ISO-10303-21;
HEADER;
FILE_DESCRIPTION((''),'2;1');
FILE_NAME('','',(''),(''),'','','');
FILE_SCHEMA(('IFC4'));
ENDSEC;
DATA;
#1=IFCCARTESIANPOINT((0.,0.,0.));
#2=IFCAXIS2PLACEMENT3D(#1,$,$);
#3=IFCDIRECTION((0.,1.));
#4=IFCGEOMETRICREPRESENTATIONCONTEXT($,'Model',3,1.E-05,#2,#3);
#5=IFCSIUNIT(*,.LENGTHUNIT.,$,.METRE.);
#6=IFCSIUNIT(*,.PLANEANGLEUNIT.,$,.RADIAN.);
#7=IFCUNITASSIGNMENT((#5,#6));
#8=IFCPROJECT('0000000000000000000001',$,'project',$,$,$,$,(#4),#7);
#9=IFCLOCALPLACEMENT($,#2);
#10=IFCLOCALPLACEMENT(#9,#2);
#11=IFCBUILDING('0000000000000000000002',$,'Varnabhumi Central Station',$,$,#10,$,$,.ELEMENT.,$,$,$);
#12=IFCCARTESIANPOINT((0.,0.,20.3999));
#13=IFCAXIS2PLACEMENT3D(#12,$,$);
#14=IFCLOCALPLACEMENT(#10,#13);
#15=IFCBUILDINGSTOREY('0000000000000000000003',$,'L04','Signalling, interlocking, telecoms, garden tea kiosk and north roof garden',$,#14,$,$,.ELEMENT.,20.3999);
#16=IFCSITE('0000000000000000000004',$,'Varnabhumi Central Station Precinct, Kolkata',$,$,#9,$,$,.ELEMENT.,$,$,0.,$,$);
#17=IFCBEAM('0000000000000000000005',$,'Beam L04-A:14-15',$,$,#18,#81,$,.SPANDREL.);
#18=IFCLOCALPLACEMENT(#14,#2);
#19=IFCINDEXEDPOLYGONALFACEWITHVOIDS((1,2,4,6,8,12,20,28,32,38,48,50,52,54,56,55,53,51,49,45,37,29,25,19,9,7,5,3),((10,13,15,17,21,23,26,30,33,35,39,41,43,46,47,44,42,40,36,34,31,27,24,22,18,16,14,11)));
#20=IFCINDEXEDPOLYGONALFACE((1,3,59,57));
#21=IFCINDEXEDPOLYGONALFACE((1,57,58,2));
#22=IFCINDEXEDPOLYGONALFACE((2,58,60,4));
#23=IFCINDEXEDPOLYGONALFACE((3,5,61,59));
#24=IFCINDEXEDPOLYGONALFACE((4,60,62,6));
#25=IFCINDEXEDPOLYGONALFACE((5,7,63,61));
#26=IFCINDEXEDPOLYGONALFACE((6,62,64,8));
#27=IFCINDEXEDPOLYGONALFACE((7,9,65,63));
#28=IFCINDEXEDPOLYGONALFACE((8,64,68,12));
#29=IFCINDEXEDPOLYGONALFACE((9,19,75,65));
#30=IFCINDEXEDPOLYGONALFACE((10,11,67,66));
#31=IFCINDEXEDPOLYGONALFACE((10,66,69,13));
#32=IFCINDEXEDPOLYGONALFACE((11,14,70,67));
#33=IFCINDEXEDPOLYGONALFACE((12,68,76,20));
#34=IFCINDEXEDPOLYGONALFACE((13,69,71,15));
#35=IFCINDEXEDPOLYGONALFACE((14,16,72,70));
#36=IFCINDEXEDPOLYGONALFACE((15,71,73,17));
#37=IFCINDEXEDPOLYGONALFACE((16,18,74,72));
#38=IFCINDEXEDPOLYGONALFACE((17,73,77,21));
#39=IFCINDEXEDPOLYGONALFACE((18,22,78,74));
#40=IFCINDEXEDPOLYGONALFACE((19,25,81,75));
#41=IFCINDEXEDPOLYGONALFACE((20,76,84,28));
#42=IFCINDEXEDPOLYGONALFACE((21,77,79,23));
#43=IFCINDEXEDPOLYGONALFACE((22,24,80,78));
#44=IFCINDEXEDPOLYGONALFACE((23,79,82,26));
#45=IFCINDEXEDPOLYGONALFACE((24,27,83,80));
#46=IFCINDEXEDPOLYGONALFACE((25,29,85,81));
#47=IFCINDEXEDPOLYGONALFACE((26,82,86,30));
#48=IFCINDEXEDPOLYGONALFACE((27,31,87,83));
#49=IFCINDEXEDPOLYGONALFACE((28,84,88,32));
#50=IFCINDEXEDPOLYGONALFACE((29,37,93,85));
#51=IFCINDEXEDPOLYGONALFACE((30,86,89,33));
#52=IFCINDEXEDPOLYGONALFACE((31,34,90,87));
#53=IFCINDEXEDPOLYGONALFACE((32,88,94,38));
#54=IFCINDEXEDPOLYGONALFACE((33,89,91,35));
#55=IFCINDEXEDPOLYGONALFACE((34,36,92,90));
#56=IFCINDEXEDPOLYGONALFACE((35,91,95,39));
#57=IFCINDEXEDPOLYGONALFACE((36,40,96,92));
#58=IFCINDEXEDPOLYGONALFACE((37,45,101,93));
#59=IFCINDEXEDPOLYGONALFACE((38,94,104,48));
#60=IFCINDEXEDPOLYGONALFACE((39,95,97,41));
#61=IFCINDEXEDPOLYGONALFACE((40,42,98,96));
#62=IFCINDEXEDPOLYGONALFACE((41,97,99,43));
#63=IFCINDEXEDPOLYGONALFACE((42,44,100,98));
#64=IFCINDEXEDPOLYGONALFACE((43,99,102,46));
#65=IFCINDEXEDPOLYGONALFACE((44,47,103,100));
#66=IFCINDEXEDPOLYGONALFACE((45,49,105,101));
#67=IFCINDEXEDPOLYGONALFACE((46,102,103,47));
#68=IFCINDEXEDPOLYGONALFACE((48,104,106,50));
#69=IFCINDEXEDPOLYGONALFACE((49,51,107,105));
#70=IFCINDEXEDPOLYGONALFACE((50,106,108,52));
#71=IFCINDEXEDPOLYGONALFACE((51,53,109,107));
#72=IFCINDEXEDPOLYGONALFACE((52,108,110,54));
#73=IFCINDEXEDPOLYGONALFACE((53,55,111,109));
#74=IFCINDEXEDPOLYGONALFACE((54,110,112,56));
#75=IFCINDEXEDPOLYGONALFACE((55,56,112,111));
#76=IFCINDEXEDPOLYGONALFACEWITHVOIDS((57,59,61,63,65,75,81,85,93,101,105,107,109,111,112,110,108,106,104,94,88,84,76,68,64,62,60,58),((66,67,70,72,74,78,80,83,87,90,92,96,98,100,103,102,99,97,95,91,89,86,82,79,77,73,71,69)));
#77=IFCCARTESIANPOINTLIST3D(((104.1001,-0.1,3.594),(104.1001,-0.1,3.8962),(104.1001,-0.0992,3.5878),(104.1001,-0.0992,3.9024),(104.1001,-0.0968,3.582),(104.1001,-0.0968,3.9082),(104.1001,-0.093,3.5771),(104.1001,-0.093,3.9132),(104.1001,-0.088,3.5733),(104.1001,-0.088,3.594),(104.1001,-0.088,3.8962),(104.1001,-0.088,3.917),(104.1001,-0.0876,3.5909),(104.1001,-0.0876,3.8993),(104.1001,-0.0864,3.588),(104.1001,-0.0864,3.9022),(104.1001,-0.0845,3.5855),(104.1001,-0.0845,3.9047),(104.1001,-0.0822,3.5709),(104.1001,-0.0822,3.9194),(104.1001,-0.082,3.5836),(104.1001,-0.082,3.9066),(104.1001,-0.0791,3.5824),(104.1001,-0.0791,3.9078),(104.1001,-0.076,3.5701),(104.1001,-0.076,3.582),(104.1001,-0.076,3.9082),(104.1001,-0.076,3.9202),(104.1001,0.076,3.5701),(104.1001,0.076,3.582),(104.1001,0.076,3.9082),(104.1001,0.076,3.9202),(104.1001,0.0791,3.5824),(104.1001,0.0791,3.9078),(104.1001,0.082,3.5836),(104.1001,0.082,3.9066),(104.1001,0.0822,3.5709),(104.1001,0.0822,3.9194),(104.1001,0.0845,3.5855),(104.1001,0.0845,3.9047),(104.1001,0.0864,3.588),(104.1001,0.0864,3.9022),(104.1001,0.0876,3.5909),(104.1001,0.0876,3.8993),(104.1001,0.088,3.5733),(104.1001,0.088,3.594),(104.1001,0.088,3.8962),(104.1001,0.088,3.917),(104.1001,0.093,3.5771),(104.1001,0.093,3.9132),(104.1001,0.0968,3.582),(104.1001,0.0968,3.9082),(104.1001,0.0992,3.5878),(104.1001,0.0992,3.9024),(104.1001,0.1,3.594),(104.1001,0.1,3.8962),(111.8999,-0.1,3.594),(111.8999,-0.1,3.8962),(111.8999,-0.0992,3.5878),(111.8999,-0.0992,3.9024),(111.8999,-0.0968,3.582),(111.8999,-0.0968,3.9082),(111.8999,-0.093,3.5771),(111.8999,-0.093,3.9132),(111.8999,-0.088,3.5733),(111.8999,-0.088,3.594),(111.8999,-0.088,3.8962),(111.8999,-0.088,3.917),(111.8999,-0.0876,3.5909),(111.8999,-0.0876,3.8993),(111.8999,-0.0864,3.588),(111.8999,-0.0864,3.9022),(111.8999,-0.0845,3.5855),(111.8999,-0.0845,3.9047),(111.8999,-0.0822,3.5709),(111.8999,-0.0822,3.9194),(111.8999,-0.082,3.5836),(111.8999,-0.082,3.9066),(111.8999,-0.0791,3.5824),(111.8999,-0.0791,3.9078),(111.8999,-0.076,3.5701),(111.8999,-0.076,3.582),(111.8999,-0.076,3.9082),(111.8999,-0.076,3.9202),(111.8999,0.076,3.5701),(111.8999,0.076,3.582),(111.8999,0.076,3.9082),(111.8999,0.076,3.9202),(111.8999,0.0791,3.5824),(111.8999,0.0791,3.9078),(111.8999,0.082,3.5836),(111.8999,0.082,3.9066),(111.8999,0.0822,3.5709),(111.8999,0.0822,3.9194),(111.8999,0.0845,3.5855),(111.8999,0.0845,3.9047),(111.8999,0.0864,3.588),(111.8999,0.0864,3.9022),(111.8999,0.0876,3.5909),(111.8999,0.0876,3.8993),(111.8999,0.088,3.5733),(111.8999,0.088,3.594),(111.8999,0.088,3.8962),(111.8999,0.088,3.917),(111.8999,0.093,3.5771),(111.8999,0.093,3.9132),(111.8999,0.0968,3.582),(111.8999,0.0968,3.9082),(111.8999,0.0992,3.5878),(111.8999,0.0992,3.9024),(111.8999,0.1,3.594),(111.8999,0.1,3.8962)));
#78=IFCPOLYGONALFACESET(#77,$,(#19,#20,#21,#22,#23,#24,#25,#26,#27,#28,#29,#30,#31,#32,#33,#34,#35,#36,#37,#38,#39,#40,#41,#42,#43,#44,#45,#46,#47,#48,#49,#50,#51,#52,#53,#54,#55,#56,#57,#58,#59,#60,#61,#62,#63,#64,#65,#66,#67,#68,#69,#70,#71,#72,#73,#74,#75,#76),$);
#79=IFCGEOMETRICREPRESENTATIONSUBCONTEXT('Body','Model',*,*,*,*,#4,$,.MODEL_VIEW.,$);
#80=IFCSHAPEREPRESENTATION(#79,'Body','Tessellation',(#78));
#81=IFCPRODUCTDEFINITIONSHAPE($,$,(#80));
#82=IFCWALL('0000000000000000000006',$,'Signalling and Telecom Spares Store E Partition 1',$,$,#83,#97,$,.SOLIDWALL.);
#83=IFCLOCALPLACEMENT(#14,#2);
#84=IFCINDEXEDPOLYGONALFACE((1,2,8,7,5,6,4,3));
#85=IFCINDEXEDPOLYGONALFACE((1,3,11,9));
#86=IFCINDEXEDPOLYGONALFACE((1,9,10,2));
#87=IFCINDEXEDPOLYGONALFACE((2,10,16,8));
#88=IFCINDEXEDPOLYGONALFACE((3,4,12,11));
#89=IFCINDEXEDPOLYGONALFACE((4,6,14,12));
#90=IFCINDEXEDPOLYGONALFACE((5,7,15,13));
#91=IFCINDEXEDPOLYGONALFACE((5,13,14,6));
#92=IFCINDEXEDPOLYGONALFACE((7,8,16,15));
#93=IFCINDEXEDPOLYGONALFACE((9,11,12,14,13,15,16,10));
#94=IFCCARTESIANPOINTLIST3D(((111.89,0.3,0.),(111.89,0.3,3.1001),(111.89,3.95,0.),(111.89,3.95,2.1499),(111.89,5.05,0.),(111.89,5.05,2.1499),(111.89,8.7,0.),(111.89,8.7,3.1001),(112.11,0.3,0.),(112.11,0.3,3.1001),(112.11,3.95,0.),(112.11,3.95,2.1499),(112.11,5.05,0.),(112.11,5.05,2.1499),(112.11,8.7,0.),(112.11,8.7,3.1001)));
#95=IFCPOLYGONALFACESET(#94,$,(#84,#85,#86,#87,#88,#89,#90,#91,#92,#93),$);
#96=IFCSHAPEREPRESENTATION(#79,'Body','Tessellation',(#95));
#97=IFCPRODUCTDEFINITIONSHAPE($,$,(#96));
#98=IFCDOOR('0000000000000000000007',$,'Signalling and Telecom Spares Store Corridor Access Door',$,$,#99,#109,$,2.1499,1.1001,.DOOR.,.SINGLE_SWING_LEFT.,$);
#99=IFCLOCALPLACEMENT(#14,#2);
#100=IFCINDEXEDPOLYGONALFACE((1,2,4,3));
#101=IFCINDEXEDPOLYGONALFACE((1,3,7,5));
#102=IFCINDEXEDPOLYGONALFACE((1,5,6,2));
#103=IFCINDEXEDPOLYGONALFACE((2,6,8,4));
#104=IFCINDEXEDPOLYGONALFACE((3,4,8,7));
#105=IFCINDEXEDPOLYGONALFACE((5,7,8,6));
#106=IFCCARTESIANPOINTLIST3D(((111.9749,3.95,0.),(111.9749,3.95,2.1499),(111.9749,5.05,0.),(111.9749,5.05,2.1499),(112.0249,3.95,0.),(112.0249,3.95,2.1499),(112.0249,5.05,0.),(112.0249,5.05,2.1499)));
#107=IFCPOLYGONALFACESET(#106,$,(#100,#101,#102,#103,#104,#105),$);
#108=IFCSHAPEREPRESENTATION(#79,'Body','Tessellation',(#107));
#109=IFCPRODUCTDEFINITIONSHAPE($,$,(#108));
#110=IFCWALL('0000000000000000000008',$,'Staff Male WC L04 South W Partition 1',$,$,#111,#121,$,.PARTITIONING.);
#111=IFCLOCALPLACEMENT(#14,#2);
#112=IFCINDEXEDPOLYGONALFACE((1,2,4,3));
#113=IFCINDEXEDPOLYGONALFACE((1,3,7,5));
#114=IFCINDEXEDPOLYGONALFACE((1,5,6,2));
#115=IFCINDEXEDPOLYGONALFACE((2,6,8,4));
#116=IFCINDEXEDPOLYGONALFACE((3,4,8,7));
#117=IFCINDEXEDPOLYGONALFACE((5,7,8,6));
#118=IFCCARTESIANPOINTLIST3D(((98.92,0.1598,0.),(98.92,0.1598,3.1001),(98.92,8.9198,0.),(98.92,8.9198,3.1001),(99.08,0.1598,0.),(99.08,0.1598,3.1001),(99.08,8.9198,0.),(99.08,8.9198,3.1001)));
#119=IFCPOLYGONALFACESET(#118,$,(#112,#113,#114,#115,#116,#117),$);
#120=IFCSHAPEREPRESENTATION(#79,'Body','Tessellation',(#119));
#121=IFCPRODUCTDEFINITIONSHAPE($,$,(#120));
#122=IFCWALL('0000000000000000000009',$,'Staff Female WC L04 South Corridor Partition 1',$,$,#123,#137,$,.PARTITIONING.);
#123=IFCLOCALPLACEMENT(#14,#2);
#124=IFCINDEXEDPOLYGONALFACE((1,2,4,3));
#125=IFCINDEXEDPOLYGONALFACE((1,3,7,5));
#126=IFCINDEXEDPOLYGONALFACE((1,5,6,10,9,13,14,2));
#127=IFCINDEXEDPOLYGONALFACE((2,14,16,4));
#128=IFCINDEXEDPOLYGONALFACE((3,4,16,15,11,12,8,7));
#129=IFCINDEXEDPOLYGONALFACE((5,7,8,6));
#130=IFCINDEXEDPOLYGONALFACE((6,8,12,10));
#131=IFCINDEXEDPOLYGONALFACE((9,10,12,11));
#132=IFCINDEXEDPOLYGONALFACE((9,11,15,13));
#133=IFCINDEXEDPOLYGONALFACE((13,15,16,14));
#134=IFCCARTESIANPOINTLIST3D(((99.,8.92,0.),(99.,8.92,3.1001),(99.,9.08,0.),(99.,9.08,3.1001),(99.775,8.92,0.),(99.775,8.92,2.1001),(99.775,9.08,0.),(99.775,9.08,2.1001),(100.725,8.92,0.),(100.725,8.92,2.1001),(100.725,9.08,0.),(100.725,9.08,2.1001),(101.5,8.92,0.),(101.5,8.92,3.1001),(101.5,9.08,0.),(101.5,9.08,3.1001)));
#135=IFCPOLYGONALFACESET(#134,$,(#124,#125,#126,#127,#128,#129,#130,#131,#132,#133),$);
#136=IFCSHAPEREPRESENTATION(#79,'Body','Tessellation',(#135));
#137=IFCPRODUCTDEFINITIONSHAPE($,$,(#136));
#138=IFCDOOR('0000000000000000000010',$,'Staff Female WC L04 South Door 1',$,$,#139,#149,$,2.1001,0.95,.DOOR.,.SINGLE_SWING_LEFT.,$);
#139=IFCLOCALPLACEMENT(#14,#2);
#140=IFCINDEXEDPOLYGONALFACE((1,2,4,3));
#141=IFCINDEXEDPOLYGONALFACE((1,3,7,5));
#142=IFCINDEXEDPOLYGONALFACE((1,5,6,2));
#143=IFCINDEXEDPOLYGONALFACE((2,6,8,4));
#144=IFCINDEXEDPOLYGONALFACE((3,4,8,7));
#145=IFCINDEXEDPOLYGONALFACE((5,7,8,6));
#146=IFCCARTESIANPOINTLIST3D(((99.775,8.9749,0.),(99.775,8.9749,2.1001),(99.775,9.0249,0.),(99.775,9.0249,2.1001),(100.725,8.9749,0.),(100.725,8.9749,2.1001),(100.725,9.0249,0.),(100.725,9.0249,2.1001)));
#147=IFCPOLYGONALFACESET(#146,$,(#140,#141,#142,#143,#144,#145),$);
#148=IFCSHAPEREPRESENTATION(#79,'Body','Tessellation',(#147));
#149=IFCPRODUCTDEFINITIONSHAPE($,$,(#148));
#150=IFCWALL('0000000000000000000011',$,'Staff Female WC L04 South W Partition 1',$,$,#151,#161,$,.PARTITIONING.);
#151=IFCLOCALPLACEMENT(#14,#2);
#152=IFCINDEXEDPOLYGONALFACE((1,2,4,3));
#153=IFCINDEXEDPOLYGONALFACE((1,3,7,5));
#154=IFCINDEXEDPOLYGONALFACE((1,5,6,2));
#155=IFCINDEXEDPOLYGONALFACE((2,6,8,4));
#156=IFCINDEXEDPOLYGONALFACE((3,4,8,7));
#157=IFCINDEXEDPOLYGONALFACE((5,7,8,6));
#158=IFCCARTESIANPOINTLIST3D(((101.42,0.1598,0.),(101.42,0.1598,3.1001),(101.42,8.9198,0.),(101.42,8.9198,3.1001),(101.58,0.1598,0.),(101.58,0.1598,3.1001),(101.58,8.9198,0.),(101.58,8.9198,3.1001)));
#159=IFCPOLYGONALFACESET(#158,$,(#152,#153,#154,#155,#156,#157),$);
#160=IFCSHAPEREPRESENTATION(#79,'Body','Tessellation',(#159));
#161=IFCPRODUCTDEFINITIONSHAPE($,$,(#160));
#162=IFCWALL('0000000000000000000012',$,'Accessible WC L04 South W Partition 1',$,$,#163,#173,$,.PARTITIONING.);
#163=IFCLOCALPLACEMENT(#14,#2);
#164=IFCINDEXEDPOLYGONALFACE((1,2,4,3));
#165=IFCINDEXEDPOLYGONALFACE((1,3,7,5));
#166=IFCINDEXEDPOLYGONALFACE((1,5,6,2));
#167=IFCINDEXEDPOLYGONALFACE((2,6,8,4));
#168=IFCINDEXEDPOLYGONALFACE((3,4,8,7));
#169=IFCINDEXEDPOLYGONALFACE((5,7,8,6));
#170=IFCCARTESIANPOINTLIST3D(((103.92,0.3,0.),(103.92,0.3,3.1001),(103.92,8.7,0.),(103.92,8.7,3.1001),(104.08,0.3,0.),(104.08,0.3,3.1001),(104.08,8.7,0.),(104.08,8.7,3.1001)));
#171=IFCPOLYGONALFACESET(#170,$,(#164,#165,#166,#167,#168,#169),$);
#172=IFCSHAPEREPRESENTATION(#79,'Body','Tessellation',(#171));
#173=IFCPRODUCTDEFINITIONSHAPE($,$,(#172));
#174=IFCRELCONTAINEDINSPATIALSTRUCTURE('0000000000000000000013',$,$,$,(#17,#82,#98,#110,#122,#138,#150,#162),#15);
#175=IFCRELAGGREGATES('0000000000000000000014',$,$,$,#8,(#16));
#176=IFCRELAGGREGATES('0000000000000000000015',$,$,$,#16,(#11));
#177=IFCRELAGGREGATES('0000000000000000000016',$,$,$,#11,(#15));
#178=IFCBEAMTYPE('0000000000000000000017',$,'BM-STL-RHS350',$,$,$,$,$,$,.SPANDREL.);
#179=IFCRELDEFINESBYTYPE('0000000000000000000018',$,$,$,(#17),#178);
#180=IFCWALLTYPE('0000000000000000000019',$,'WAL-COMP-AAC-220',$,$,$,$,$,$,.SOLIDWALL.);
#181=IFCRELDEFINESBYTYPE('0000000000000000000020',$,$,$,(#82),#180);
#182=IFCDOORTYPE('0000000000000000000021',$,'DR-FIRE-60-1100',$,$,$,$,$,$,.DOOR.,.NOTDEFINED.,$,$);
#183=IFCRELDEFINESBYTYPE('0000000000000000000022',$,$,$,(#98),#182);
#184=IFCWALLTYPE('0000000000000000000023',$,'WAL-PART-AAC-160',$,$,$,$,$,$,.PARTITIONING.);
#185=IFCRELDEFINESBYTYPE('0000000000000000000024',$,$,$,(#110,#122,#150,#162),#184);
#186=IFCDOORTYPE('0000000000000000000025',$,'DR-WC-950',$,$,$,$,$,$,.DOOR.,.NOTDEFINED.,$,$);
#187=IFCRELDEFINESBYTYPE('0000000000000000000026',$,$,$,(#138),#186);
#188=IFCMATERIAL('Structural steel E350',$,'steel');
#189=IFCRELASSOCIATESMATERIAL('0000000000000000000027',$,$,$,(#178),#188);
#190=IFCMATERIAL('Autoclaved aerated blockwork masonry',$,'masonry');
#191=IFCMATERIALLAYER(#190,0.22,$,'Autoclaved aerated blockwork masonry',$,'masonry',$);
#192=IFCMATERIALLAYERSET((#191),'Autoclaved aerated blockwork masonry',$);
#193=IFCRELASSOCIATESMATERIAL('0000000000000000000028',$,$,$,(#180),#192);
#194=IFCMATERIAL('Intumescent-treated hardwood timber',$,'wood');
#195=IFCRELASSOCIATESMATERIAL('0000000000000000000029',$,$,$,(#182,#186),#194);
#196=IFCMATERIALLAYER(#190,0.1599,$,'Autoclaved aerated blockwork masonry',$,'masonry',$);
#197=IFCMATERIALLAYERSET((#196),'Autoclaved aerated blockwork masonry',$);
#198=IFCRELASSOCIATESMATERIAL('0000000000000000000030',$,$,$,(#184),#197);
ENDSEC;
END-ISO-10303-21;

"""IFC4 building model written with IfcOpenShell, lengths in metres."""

from ifc_helpers import new_model, si_unit, direction, frame, frame_2d, origin, origin_2d, place, context, subcontext, project, spatial, rectangle, hollow_rectangle, extrude, material, layer, layer_set, material_profile, profile_set, type_object, element, fill, save


model = new_model("IFC4")

# Units and contexts
model_context = context("Model", 3, precision=1e-05, world=origin(), true_north=direction((0.0, 1.0)))
body_context = subcontext(model_context, "Body", "Model", "MODEL_VIEW")
ifc_project = project(units=[si_unit("LENGTHUNIT", "METRE"), si_unit("PLANEANGLEUNIT", "RADIAN")], contexts=[model_context])

# Site, building, storey
site_placement = place(None, origin())
site = spatial("IfcSite", under=ifc_project, at=site_placement, Name="Varnabhumi Central Station Precinct, Kolkata", CompositionType="ELEMENT", RefElevation=0.0)
building_placement = place(site_placement, origin())
building = spatial("IfcBuilding", under=site, at=building_placement, Name="Varnabhumi Central Station", CompositionType="ELEMENT")
storey_placement = place(building_placement, frame((0.0, 0.0, 20.3999)))
storey = spatial("IfcBuildingStorey", under=building, at=storey_placement, Name="L04", Description="Signalling, interlocking, telecoms, garden tea kiosk and north roof garden", CompositionType="ELEMENT", Elevation=20.3999)

# Beam
ifc_material_1 = material(Name="Structural steel E350", Category="steel")
ifc_material_profile_1 = material_profile(ifc_material_1, hollow_rectangle(XDim=0.2, YDim=0.3501, WallThickness=0.012, InnerFilletRadius=0.012, OuterFilletRadius=0.0239, at=origin_2d()), Name="Structural steel E350", Category="steel")
ifc_profile_set_1 = profile_set([ifc_material_profile_1], Name="Structural steel E350")
beam_type_1 = type_object("IfcBeamType", Name="BM-STL-RHS350", PredefinedType="SPANDREL", material=ifc_profile_set_1)
beam_1_placement = place(storey_placement, frame((104.1001, 0.0, 3.7451), z_axis=(1.0, 0.0, 0.0), x_axis=(0.0, 1.0, 0.0)))
element("IfcBeam", 1, at=beam_1_placement, inside=storey, type_object=beam_type_1, Name="Beam L04-A:14-15", PredefinedType="SPANDREL", context=body_context, shape_type="SweptSolid", body=[
    extrude(hollow_rectangle(XDim=0.2, YDim=0.3501, WallThickness=0.012, InnerFilletRadius=0.012, OuterFilletRadius=0.0239, at=origin_2d()), origin(), (0.0, 0.0, 1.0), 7.7998),
])

# Wall, opening, door
ifc_material_2 = material(Name="Autoclaved aerated blockwork masonry", Category="masonry")
ifc_layer_1 = layer(ifc_material_2, 0.22, Name="Autoclaved aerated blockwork masonry", Category="masonry")
ifc_layer_set_1 = layer_set([ifc_layer_1], Name="Autoclaved aerated blockwork masonry")
wall_type_1 = type_object("IfcWallType", Name="WAL-COMP-AAC-220", PredefinedType="SOLIDWALL", material=ifc_layer_set_1)
wall_1_placement = place(storey_placement, frame((112.0, 0.3, 0.0), z_axis=(0.0, 0.0, 1.0), x_axis=(0.0, 1.0, 0.0)))
wall_1 = element("IfcWall", 2, at=wall_1_placement, inside=storey, type_object=wall_type_1, Name="Signalling and Telecom Spares Store E Partition 1", PredefinedType="SOLIDWALL", context=body_context, shape_type="SweptSolid", body=[
    extrude(rectangle(XDim=8.3999, YDim=0.22, at=frame_2d((4.2, 0.0))), origin(), (0.0, 0.0, 1.0), 3.1001),
])
opening_1_placement = place(wall_1_placement, frame((3.6499, 0.0, 0.0)))
opening_1 = element("IfcOpeningElement", 3, at=opening_1_placement, cuts=wall_1, PredefinedType="OPENING", context=body_context, shape_type="SweptSolid", body=[
    extrude(rectangle(XDim=1.1001, YDim=2.1499, at=frame_2d((0.55, 1.075))), frame((0.0, 0.1199, 0.0), z_axis=(0.0, -1.0, 0.0), x_axis=(1.0, 0.0, 0.0)), (0.0, 0.0, 1.0), 0.24),
])
ifc_material_3 = material(Name="Intumescent-treated hardwood timber", Category="wood")
door_type_1 = type_object("IfcDoorType", Name="DR-FIRE-60-1100", OperationType="NOTDEFINED", PredefinedType="DOOR", material=ifc_material_3)
door_1_placement = place(opening_1_placement, frame((1.1001, 0.0, 0.0), z_axis=(0.0, 0.0, 1.0), x_axis=(-1.0, 0.0, 0.0)))
door_1 = element("IfcDoor", 4, at=door_1_placement, inside=storey, type_object=door_type_1, Name="Signalling and Telecom Spares Store Corridor Access Door", OperationType="SINGLE_SWING_LEFT", OverallHeight=2.1499, OverallWidth=1.1001, PredefinedType="DOOR", context=body_context, shape_type="SweptSolid", body=[
    extrude(rectangle(XDim=1.1001, YDim=2.1499, at=frame_2d((0.55, 1.075))), frame((0.0, 0.0249, 0.0), z_axis=(0.0, -1.0, 0.0), x_axis=(1.0, 0.0, 0.0)), (0.0, 0.0, 1.0), 0.05),
])
fill(opening_1, door_1)

# Wall
ifc_layer_2 = layer(ifc_material_2, 0.1599, Name="Autoclaved aerated blockwork masonry", Category="masonry")
ifc_layer_set_2 = layer_set([ifc_layer_2], Name="Autoclaved aerated blockwork masonry")
wall_type_2 = type_object("IfcWallType", Name="WAL-PART-AAC-160", PredefinedType="PARTITIONING", material=ifc_layer_set_2)
wall_2_placement = place(storey_placement, frame((99.0, 0.1599, 0.0), z_axis=(0.0, 0.0, 1.0), x_axis=(0.0, 1.0, 0.0)))
element("IfcWall", 5, at=wall_2_placement, inside=storey, type_object=wall_type_2, Name="Staff Male WC L04 South W Partition 1", PredefinedType="PARTITIONING", context=body_context, shape_type="SweptSolid", body=[
    extrude(rectangle(XDim=8.76, YDim=0.1599, at=frame_2d((4.3799, 0.0))), origin(), (0.0, 0.0, 1.0), 3.1001),
])

# Wall, opening, door
wall_3_placement = place(storey_placement, frame((99.0, 9.0, 0.0), z_axis=(0.0, 0.0, 1.0), x_axis=(1.0, 0.0, 0.0)))
wall_3 = element("IfcWall", 6, at=wall_3_placement, inside=storey, type_object=wall_type_2, Name="Staff Female WC L04 South Corridor Partition 1", PredefinedType="PARTITIONING", context=body_context, shape_type="SweptSolid", body=[
    extrude(rectangle(XDim=2.5, YDim=0.1599, at=frame_2d((1.25, 0.0))), origin(), (0.0, 0.0, 1.0), 3.1001),
])
opening_2_placement = place(wall_3_placement, frame((0.7749, 0.0, 0.0)))
opening_2 = element("IfcOpeningElement", 7, at=opening_2_placement, cuts=wall_3, PredefinedType="OPENING", context=body_context, shape_type="SweptSolid", body=[
    extrude(rectangle(XDim=0.95, YDim=2.1001, at=frame_2d((0.4751, 1.05))), frame((0.0, 0.0898, 0.0), z_axis=(0.0, -1.0, 0.0), x_axis=(1.0, 0.0, 0.0)), (0.0, 0.0, 1.0), 0.1799),
])
door_type_2 = type_object("IfcDoorType", Name="DR-WC-950", OperationType="NOTDEFINED", PredefinedType="DOOR", material=ifc_material_3)
door_2_placement = place(opening_2_placement, origin())
door_2 = element("IfcDoor", 8, at=door_2_placement, inside=storey, type_object=door_type_2, Name="Staff Female WC L04 South Door 1", OperationType="SINGLE_SWING_LEFT", OverallHeight=2.1001, OverallWidth=0.95, PredefinedType="DOOR", context=body_context, shape_type="SweptSolid", body=[
    extrude(rectangle(XDim=0.95, YDim=2.1001, at=frame_2d((0.4751, 1.05))), frame((0.0, 0.0249, 0.0), z_axis=(0.0, -1.0, 0.0), x_axis=(1.0, 0.0, 0.0)), (0.0, 0.0, 1.0), 0.05),
])
fill(opening_2, door_2)

# Walls
wall_4_placement = place(storey_placement, frame((101.5, 0.1599, 0.0), z_axis=(0.0, 0.0, 1.0), x_axis=(0.0, 1.0, 0.0)))
element("IfcWall", 9, at=wall_4_placement, inside=storey, type_object=wall_type_2, Name="Staff Female WC L04 South W Partition 1", PredefinedType="PARTITIONING", context=body_context, shape_type="SweptSolid", body=[
    extrude(rectangle(XDim=8.76, YDim=0.1599, at=frame_2d((4.3799, 0.0))), origin(), (0.0, 0.0, 1.0), 3.1001),
])
wall_5_placement = place(storey_placement, frame((104.0, 0.3, 0.0), z_axis=(0.0, 0.0, 1.0), x_axis=(0.0, 1.0, 0.0)))
element("IfcWall", 10, at=wall_5_placement, inside=storey, type_object=wall_type_2, Name="Accessible WC L04 South W Partition 1", PredefinedType="PARTITIONING", context=body_context, shape_type="SweptSolid", body=[
    extrude(rectangle(XDim=8.3999, YDim=0.1599, at=frame_2d((4.2, 0.0))), origin(), (0.0, 0.0, 1.0), 3.1001),
])

save(model, "model.ifc")
